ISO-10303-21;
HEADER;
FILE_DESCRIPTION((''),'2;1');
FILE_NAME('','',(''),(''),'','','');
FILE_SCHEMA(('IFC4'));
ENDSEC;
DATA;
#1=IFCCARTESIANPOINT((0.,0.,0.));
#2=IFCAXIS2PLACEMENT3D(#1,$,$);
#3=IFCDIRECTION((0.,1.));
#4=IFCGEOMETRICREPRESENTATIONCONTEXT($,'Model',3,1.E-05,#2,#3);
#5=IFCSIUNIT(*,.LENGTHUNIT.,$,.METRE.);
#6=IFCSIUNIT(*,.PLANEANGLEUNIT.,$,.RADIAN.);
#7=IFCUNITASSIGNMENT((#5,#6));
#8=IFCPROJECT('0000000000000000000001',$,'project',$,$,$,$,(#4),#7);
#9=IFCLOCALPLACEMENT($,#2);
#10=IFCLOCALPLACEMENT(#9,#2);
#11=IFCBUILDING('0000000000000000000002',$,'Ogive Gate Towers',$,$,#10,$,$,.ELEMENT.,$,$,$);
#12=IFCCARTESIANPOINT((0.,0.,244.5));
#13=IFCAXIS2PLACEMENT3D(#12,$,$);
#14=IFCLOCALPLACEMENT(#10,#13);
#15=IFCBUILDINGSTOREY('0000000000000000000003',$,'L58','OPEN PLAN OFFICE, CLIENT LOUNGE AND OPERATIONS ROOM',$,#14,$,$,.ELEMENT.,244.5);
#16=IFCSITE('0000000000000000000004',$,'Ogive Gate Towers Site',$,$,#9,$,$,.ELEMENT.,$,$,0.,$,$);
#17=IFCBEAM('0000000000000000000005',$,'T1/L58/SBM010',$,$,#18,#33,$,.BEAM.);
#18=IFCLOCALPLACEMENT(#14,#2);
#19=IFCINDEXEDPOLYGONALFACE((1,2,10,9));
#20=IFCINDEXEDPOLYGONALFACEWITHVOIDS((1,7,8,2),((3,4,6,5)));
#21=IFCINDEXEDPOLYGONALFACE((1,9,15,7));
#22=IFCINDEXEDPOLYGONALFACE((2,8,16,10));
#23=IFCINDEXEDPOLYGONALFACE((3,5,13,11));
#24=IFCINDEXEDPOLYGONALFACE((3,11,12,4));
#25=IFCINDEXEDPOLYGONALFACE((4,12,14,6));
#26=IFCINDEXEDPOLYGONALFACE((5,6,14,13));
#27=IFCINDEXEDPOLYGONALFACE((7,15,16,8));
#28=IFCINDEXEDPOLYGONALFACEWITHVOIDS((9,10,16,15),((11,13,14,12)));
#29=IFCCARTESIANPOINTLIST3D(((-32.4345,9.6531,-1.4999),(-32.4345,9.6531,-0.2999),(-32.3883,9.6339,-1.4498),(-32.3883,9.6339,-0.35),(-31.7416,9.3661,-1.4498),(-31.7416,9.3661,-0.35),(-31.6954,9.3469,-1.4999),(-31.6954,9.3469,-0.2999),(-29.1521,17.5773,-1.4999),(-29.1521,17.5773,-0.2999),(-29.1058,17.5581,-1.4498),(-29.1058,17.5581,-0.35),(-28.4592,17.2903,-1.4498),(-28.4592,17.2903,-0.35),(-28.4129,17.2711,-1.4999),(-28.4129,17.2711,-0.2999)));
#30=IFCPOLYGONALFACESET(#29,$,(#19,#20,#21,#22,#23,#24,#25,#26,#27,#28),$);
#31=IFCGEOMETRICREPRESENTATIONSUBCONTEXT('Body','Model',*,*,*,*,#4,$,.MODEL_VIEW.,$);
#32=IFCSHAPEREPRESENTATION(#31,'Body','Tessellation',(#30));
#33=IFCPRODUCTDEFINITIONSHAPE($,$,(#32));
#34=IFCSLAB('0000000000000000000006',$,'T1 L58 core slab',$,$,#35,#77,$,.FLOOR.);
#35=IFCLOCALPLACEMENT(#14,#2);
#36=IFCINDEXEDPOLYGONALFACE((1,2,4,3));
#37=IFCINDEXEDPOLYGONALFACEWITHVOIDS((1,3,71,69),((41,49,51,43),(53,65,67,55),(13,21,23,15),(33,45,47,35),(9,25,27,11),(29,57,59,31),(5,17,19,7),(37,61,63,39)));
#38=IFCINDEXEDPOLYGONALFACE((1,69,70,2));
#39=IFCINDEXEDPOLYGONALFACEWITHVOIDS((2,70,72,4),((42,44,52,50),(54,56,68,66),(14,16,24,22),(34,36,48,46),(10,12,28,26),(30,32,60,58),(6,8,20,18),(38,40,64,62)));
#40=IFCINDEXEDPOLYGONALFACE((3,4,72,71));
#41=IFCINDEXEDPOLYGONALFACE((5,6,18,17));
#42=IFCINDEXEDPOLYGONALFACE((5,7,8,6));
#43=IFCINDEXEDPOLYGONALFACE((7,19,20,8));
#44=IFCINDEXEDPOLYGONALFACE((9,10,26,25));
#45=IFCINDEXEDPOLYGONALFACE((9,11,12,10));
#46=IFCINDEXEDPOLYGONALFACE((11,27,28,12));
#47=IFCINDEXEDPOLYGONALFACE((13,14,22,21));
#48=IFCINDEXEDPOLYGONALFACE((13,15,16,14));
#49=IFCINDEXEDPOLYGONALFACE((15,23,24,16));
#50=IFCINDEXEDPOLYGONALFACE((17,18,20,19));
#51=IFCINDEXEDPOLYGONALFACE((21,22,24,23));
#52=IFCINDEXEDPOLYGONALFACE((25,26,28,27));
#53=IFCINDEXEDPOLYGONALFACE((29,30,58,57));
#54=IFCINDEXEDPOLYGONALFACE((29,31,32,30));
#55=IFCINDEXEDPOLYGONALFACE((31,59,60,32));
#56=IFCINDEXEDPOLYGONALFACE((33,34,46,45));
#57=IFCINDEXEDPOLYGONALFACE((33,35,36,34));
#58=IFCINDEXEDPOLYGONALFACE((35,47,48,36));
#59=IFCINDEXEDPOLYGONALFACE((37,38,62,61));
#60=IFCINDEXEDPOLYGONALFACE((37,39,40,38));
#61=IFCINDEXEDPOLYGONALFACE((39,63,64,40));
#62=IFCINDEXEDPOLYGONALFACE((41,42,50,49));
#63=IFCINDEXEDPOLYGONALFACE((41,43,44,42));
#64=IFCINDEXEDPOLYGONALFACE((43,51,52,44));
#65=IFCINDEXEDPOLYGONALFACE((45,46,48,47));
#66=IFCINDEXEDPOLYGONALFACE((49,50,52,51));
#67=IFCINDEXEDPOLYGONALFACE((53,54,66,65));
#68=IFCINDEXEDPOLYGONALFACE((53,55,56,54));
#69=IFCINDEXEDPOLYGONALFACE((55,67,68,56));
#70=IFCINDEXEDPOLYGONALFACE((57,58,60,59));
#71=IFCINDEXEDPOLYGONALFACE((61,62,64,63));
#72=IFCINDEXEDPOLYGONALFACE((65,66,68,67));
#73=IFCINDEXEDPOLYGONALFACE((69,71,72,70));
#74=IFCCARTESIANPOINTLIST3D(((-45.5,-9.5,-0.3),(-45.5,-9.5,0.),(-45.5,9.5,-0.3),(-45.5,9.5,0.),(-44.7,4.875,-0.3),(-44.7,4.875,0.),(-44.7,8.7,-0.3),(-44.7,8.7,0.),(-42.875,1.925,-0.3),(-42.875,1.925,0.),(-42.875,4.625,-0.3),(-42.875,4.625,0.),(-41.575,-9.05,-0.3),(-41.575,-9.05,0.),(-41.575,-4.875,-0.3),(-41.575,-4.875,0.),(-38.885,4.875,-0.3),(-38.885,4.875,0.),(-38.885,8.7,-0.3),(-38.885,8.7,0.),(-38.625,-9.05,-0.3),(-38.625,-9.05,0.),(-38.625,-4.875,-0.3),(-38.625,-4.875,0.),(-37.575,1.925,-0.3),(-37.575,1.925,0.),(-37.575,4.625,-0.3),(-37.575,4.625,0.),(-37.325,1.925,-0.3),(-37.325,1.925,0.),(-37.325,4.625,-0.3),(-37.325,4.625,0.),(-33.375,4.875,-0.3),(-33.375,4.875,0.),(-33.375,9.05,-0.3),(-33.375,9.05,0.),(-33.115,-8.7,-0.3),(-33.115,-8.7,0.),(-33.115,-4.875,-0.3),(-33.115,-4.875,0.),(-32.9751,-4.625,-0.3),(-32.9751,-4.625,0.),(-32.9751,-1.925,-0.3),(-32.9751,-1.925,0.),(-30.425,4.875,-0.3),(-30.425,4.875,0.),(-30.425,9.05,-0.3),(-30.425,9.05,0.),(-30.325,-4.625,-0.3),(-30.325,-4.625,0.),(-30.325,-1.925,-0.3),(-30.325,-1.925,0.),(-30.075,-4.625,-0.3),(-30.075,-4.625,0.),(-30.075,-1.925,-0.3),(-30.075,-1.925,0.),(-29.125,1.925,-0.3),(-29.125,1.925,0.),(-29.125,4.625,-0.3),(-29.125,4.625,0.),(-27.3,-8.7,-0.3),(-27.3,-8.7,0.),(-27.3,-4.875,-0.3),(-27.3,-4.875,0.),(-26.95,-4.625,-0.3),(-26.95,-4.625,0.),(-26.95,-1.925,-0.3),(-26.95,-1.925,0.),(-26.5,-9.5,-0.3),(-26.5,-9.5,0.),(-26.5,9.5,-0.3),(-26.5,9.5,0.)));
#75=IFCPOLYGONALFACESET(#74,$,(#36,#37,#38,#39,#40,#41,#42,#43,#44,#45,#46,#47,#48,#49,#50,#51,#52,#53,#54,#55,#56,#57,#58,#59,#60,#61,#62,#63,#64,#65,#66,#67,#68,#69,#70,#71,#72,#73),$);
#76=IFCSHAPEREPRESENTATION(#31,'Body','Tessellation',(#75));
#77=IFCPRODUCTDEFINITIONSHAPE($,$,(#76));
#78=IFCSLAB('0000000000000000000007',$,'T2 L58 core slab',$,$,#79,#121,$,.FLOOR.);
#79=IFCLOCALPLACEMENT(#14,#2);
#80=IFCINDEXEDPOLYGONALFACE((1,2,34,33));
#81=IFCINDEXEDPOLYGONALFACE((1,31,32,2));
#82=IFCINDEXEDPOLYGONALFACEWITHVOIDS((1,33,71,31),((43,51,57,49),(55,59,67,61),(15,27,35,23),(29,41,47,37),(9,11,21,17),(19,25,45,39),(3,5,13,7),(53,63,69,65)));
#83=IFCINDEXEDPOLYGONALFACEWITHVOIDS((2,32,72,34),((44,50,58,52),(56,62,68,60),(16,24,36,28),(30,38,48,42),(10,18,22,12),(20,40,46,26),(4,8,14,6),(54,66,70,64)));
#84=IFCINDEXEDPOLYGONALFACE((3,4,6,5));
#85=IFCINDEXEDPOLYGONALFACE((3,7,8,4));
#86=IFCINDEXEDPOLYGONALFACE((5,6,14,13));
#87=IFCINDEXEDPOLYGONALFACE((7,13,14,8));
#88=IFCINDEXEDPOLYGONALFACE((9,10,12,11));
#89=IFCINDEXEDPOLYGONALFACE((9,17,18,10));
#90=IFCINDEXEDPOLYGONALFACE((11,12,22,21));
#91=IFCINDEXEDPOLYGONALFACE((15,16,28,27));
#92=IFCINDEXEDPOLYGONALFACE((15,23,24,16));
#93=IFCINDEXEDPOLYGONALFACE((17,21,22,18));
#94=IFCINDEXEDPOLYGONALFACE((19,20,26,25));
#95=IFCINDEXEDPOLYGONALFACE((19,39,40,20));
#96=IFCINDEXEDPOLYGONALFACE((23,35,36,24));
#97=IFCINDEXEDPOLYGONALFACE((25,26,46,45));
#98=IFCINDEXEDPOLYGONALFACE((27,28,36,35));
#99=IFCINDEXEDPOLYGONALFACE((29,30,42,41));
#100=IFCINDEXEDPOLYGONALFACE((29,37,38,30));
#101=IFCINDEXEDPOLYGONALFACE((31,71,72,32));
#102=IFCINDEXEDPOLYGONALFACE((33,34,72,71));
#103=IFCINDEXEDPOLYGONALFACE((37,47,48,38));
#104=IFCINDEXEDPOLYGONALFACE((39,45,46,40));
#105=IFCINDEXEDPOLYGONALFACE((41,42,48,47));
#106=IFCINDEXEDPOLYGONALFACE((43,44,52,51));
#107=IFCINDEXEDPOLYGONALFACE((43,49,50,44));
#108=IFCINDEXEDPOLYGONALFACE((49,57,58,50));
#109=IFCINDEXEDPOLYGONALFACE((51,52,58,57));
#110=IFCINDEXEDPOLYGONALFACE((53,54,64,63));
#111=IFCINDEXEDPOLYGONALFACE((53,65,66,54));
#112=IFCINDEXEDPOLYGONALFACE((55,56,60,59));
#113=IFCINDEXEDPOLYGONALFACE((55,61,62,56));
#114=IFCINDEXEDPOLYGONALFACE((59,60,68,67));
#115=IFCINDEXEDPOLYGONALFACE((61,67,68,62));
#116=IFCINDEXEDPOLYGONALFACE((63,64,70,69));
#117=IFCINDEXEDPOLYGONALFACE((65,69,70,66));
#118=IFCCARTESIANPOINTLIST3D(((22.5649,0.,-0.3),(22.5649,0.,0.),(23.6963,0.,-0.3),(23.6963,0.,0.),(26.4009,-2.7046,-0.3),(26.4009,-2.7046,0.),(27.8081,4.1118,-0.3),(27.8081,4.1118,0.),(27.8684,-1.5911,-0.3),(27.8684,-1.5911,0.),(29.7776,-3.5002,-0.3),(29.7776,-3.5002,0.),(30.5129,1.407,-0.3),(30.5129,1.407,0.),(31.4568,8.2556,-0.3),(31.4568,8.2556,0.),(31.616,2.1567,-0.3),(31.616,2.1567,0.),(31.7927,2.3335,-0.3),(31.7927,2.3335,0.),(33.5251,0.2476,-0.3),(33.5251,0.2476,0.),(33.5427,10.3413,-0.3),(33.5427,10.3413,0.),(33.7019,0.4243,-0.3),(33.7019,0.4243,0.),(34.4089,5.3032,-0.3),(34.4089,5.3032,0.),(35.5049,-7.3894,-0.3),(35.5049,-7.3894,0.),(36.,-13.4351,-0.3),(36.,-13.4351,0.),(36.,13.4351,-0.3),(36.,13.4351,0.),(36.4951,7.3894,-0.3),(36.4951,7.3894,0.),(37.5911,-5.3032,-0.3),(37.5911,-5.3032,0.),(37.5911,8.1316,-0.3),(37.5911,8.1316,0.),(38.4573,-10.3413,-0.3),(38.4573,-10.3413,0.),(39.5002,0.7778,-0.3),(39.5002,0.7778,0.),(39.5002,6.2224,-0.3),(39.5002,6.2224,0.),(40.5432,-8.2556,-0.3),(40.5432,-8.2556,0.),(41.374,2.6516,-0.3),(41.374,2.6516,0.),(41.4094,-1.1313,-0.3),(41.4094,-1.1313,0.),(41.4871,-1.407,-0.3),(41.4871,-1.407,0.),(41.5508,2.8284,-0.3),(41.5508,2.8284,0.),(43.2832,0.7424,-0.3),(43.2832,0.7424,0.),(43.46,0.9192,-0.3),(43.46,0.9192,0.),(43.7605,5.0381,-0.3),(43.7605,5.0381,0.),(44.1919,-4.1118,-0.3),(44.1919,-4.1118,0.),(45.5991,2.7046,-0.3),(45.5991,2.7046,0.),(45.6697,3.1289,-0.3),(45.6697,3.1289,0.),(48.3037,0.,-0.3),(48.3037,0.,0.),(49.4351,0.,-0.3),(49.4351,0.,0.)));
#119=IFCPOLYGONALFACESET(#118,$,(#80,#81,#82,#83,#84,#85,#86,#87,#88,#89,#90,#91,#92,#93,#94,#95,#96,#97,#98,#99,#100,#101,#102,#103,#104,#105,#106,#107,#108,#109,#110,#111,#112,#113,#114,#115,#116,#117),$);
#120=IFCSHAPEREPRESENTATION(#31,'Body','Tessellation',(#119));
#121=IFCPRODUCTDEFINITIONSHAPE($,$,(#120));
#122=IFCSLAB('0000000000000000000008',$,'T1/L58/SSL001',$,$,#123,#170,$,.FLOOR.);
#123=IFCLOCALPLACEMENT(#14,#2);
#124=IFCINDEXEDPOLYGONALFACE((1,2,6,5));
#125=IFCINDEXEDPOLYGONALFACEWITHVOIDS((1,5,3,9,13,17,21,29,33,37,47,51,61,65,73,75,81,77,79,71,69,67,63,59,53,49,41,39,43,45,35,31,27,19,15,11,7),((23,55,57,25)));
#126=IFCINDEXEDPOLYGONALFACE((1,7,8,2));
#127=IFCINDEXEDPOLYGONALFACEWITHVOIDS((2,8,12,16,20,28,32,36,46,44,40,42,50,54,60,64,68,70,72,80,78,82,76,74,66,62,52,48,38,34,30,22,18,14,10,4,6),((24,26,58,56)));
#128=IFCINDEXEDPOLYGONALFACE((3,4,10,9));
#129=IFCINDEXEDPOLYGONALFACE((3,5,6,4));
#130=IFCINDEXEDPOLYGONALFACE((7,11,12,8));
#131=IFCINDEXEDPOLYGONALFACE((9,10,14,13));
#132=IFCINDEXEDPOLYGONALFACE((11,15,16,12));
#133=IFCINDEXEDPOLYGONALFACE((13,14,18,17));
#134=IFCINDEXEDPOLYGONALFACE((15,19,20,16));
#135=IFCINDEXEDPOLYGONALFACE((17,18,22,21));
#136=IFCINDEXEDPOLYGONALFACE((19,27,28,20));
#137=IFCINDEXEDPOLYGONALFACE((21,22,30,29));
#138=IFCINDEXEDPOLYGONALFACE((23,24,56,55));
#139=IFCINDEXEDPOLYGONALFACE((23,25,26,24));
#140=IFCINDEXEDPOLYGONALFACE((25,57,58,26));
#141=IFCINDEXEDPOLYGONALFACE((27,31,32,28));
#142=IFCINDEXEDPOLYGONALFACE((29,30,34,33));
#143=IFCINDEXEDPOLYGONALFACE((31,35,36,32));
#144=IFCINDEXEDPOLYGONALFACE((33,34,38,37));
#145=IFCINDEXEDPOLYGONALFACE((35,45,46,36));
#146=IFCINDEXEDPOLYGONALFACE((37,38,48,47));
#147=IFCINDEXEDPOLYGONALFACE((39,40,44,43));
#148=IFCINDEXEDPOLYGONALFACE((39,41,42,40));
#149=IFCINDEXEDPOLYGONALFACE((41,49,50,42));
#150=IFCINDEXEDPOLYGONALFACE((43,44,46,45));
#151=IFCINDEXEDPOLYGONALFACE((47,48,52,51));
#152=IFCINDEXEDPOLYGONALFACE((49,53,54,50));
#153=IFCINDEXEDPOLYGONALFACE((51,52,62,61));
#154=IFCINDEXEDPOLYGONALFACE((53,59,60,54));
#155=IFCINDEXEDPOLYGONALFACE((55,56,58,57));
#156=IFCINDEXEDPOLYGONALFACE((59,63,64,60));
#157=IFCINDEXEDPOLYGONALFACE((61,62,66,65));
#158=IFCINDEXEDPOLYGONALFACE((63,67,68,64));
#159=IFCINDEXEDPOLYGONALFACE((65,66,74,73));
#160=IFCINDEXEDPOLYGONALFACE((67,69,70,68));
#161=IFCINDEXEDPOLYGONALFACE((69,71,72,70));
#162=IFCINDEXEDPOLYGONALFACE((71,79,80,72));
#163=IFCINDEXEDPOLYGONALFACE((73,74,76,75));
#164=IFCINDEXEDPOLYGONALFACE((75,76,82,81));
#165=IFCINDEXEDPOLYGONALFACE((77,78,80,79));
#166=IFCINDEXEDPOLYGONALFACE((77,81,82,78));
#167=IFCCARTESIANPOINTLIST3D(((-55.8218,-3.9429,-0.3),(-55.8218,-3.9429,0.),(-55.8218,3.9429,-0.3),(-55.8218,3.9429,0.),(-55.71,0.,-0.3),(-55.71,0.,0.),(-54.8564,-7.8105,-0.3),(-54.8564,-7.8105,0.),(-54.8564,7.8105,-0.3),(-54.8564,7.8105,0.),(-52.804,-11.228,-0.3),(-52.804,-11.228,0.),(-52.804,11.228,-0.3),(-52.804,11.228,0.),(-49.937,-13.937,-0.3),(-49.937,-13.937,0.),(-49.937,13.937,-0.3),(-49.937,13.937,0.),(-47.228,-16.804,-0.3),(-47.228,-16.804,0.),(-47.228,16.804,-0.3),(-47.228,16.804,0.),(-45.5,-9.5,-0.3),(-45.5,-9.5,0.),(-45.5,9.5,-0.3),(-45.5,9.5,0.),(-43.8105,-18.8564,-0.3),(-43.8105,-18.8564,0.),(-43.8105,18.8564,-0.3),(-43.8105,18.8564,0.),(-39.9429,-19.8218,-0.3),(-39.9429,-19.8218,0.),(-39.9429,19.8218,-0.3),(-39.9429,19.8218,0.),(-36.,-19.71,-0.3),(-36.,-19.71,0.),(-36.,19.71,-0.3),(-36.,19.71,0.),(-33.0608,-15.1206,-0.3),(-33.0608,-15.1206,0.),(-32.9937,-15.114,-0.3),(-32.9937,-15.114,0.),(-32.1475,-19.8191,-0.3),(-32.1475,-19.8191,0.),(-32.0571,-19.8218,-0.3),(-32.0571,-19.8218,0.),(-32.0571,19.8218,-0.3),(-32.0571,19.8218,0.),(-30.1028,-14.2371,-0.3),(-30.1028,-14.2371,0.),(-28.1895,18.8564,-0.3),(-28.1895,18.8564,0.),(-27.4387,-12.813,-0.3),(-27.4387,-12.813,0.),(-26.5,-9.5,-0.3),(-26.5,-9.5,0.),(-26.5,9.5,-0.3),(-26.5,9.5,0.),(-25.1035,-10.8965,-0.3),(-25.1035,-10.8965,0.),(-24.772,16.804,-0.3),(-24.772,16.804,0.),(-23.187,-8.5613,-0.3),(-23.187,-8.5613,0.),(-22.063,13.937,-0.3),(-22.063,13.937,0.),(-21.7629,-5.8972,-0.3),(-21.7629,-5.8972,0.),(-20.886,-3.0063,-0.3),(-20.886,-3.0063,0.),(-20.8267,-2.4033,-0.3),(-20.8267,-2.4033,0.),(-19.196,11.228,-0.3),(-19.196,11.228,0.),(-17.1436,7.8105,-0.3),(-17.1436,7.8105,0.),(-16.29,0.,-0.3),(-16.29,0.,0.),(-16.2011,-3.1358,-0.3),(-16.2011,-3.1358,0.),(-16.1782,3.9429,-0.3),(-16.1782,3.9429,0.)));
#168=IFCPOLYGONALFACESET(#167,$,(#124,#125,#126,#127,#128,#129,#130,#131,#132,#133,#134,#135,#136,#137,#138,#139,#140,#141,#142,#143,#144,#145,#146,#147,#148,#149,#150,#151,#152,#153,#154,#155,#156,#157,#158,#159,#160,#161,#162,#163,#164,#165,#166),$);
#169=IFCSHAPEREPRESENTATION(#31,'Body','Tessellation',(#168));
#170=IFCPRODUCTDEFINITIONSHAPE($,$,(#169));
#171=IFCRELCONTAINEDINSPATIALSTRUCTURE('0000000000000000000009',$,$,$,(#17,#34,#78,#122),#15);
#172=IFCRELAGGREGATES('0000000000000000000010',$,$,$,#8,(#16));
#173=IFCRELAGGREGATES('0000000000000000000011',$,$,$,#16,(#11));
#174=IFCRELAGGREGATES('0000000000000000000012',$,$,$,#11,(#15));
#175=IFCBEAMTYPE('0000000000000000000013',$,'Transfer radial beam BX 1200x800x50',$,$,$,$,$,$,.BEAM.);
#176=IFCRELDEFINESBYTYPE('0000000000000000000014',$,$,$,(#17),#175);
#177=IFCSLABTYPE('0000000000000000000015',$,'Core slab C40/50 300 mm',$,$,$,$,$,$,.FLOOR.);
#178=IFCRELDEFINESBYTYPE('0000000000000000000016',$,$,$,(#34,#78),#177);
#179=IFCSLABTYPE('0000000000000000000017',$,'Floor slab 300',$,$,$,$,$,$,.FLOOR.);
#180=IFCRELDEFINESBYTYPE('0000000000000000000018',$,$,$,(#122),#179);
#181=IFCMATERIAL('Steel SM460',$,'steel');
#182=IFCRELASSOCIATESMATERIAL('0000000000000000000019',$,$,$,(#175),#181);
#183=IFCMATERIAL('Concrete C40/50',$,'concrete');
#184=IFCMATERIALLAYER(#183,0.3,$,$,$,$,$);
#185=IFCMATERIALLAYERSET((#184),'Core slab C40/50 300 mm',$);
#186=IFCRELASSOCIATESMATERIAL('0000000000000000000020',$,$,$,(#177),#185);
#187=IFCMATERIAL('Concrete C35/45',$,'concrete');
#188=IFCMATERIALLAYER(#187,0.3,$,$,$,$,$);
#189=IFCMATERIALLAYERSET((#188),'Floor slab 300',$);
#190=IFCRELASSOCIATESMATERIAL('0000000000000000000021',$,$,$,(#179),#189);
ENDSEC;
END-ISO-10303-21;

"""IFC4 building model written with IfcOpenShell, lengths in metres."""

from ifc_helpers import new_model, si_unit, direction, frame, origin, origin_2d, place, context, subcontext, project, spatial, polyline, hollow_rectangle, outline, extrude, material, layer, layer_set, material_profile, profile_set, type_object, element, save


model = new_model("IFC4")

# Units and contexts
model_context = context("Model", 3, precision=1e-05, world=origin(), true_north=direction((0.0, 1.0)))
body_context = subcontext(model_context, "Body", "Model", "MODEL_VIEW")
ifc_project = project(units=[si_unit("LENGTHUNIT", "METRE"), si_unit("PLANEANGLEUNIT", "RADIAN")], contexts=[model_context])

# Site, building, storey
site_placement = place(None, origin())
site = spatial("IfcSite", under=ifc_project, at=site_placement, Name="Ogive Gate Towers Site", CompositionType="ELEMENT", RefElevation=0.0)
building_placement = place(site_placement, origin())
building = spatial("IfcBuilding", under=site, at=building_placement, Name="Ogive Gate Towers", CompositionType="ELEMENT")
storey_placement = place(building_placement, frame((0.0, 0.0, 244.5)))
storey = spatial("IfcBuildingStorey", under=building, at=storey_placement, Name="L58", Description="OPEN PLAN OFFICE, CLIENT LOUNGE AND OPERATIONS ROOM", CompositionType="ELEMENT", Elevation=244.5)

# Shared definitions
ifc_material_1 = material(Name="Steel SM460", Category="steel")

# Beam
ifc_material_profile_1 = material_profile(ifc_material_1, hollow_rectangle(XDim=0.8, YDim=1.2, WallThickness=0.05, at=origin_2d()), Name="BX 1200x800x50")
ifc_profile_set_1 = profile_set([ifc_material_profile_1], Name="Steel SM460")
beam_type_1 = type_object("IfcBeamType", Name="Transfer radial beam BX 1200x800x50", PredefinedType="BEAM", material=ifc_profile_set_1)
for number, where, z_axis, x_axis, name in (
    (1, (-32.0649, 9.5, -0.8999), (0.382695, 0.923875, 0.0), (-0.923875, 0.382695, 0.0), "T1/L58/SBM010"),
):
    element("IfcBeam", number, at=place(storey_placement, frame(where, z_axis=z_axis, x_axis=x_axis)), inside=storey, type_object=beam_type_1, Name=name, PredefinedType="BEAM", context=body_context, shape_type="SweptSolid", body=[
        extrude(hollow_rectangle(XDim=0.8, YDim=1.2, WallThickness=0.05, at=origin_2d()), origin(), (0.0, 0.0, 1.0), 8.5771),
    ])

# Slabs
ifc_material_2 = material(Name="Concrete C40/50", Category="concrete")
ifc_layer_1 = layer(ifc_material_2, 0.3)
ifc_layer_set_1 = layer_set([ifc_layer_1], Name="Core slab C40/50 300 mm")
slab_type_1 = type_object("IfcSlabType", Name="Core slab C40/50 300 mm", PredefinedType="FLOOR", material=ifc_layer_set_1)
slab_1_placement = place(storey_placement, frame((0.0, 0.0, -0.3)))
element("IfcSlab", 2, at=slab_1_placement, inside=storey, type_object=slab_type_1, Name="T1 L58 core slab", PredefinedType="FLOOR", context=body_context, shape_type="SweptSolid", body=[
    extrude(outline(polyline([(-45.5, -9.5), (-45.5, 9.5), (-26.5, 9.5), (-26.5, -9.5), (-45.5, -9.5)]), holes=[polyline([(-42.875, 1.925), (-37.575, 1.925), (-37.575, 4.625), (-42.875, 4.625), (-42.875, 1.925)]), polyline([(-37.325, 4.625), (-37.325, 1.925), (-29.125, 1.925), (-29.125, 4.625), (-37.325, 4.625)]), polyline([(-30.325, -1.925), (-32.9751, -1.925), (-32.9751, -4.625), (-30.325, -4.625), (-30.325, -1.925)]), polyline([(-26.95, -4.625), (-26.95, -1.925), (-30.075, -1.925), (-30.075, -4.625), (-26.95, -4.625)]), polyline([(-33.375, 4.875), (-30.425, 4.875), (-30.425, 9.05), (-33.375, 9.05), (-33.375, 4.875)]), polyline([(-41.575, -4.875), (-41.575, -9.05), (-38.625, -9.05), (-38.625, -4.875), (-41.575, -4.875)]), polyline([(-44.7, 4.875), (-38.885, 4.875), (-38.885, 8.7), (-44.7, 8.7), (-44.7, 4.875)]), polyline([(-27.3, -8.7), (-27.3, -4.875), (-33.115, -4.875), (-33.115, -8.7), (-27.3, -8.7)])]), origin(), (0.0, 0.0, 1.0), 0.3),
])
slab_2_placement = place(storey_placement, frame((0.0, 0.0, -0.3)))
element("IfcSlab", 3, at=slab_2_placement, inside=storey, type_object=slab_type_1, Name="T2 L58 core slab", PredefinedType="FLOOR", context=body_context, shape_type="SweptSolid", body=[
    extrude(outline(polyline([(36.0, -13.4351), (22.5649, 0.0), (36.0, 13.4351), (49.4351, 0.0), (36.0, -13.4351)]), holes=[polyline([(29.7776, -3.5002), (33.5251, 0.2476), (31.616, 2.1567), (27.8684, -1.5911), (29.7776, -3.5002)]), polyline([(31.7927, 2.3335), (33.7019, 0.4243), (39.5002, 6.2224), (37.5911, 8.1316), (31.7927, 2.3335)]), polyline([(41.374, 2.6516), (39.5002, 0.7778), (41.4094, -1.1313), (43.2832, 0.7424), (41.374, 2.6516)]), polyline([(45.6697, 3.1289), (43.7605, 5.0381), (41.5508, 2.8284), (43.46, 0.9192), (45.6697, 3.1289)]), polyline([(34.4089, 5.3032), (36.4951, 7.3894), (33.5427, 10.3413), (31.4568, 8.2556), (34.4089, 5.3032)]), polyline([(35.5049, -7.3894), (38.4573, -10.3413), (40.5432, -8.2556), (37.5911, -5.3032), (35.5049, -7.3894)]), polyline([(26.4009, -2.7046), (30.5129, 1.407), (27.8081, 4.1118), (23.6963, 0.0), (26.4009, -2.7046)]), polyline([(48.3037, 0.0), (45.5991, 2.7046), (41.4871, -1.407), (44.1919, -4.1118), (48.3037, 0.0)])]), origin(), (0.0, 0.0, 1.0), 0.3),
])
ifc_material_3 = material(Name="Concrete C35/45", Category="concrete")
ifc_layer_2 = layer(ifc_material_3, 0.3)
ifc_layer_set_2 = layer_set([ifc_layer_2], Name="Floor slab 300")
slab_type_2 = type_object("IfcSlabType", Name="Floor slab 300", PredefinedType="FLOOR", material=ifc_layer_set_2)
slab_3_placement = place(storey_placement, frame((0.0, 0.0, -0.3)))
element("IfcSlab", 4, at=slab_3_placement, inside=storey, type_object=slab_type_2, Name="T1/L58/SSL001", PredefinedType="FLOOR", context=body_context, shape_type="SweptSolid", body=[
    extrude(outline(polyline([(-39.9429, -19.8218), (-36.0, -19.71), (-32.0571, -19.8218), (-32.1475, -19.8191), (-33.0608, -15.1206), (-32.9937, -15.114), (-30.1028, -14.2371), (-27.4387, -12.813), (-25.1035, -10.8965), (-23.187, -8.5613), (-21.7629, -5.8972), (-20.886, -3.0063), (-20.8267, -2.4033), (-16.2012, -3.1357), (-16.1782, -3.9429), (-16.29, 0.0), (-16.1782, 3.9429), (-17.1436, 7.8105), (-19.196, 11.228), (-22.063, 13.937), (-24.772, 16.804), (-28.1895, 18.8564), (-32.0571, 19.8218), (-36.0, 19.71), (-39.9429, 19.8218), (-43.8105, 18.8564), (-47.228, 16.804), (-49.937, 13.937), (-52.804, 11.228), (-54.8564, 7.8105), (-55.8218, 3.9429), (-55.71, 0.0), (-55.8218, -3.9429), (-54.8564, -7.8105), (-52.804, -11.228), (-49.937, -13.937), (-47.228, -16.804), (-43.8105, -18.8564), (-39.9429, -19.8218)]), holes=[polyline([(-26.5, -9.5), (-45.5, -9.5), (-45.5, 9.5), (-26.5, 9.5), (-26.5, -9.5)])]), origin(), (0.0, 0.0, 1.0), 0.3),
])

save(model, "model.ifc")
